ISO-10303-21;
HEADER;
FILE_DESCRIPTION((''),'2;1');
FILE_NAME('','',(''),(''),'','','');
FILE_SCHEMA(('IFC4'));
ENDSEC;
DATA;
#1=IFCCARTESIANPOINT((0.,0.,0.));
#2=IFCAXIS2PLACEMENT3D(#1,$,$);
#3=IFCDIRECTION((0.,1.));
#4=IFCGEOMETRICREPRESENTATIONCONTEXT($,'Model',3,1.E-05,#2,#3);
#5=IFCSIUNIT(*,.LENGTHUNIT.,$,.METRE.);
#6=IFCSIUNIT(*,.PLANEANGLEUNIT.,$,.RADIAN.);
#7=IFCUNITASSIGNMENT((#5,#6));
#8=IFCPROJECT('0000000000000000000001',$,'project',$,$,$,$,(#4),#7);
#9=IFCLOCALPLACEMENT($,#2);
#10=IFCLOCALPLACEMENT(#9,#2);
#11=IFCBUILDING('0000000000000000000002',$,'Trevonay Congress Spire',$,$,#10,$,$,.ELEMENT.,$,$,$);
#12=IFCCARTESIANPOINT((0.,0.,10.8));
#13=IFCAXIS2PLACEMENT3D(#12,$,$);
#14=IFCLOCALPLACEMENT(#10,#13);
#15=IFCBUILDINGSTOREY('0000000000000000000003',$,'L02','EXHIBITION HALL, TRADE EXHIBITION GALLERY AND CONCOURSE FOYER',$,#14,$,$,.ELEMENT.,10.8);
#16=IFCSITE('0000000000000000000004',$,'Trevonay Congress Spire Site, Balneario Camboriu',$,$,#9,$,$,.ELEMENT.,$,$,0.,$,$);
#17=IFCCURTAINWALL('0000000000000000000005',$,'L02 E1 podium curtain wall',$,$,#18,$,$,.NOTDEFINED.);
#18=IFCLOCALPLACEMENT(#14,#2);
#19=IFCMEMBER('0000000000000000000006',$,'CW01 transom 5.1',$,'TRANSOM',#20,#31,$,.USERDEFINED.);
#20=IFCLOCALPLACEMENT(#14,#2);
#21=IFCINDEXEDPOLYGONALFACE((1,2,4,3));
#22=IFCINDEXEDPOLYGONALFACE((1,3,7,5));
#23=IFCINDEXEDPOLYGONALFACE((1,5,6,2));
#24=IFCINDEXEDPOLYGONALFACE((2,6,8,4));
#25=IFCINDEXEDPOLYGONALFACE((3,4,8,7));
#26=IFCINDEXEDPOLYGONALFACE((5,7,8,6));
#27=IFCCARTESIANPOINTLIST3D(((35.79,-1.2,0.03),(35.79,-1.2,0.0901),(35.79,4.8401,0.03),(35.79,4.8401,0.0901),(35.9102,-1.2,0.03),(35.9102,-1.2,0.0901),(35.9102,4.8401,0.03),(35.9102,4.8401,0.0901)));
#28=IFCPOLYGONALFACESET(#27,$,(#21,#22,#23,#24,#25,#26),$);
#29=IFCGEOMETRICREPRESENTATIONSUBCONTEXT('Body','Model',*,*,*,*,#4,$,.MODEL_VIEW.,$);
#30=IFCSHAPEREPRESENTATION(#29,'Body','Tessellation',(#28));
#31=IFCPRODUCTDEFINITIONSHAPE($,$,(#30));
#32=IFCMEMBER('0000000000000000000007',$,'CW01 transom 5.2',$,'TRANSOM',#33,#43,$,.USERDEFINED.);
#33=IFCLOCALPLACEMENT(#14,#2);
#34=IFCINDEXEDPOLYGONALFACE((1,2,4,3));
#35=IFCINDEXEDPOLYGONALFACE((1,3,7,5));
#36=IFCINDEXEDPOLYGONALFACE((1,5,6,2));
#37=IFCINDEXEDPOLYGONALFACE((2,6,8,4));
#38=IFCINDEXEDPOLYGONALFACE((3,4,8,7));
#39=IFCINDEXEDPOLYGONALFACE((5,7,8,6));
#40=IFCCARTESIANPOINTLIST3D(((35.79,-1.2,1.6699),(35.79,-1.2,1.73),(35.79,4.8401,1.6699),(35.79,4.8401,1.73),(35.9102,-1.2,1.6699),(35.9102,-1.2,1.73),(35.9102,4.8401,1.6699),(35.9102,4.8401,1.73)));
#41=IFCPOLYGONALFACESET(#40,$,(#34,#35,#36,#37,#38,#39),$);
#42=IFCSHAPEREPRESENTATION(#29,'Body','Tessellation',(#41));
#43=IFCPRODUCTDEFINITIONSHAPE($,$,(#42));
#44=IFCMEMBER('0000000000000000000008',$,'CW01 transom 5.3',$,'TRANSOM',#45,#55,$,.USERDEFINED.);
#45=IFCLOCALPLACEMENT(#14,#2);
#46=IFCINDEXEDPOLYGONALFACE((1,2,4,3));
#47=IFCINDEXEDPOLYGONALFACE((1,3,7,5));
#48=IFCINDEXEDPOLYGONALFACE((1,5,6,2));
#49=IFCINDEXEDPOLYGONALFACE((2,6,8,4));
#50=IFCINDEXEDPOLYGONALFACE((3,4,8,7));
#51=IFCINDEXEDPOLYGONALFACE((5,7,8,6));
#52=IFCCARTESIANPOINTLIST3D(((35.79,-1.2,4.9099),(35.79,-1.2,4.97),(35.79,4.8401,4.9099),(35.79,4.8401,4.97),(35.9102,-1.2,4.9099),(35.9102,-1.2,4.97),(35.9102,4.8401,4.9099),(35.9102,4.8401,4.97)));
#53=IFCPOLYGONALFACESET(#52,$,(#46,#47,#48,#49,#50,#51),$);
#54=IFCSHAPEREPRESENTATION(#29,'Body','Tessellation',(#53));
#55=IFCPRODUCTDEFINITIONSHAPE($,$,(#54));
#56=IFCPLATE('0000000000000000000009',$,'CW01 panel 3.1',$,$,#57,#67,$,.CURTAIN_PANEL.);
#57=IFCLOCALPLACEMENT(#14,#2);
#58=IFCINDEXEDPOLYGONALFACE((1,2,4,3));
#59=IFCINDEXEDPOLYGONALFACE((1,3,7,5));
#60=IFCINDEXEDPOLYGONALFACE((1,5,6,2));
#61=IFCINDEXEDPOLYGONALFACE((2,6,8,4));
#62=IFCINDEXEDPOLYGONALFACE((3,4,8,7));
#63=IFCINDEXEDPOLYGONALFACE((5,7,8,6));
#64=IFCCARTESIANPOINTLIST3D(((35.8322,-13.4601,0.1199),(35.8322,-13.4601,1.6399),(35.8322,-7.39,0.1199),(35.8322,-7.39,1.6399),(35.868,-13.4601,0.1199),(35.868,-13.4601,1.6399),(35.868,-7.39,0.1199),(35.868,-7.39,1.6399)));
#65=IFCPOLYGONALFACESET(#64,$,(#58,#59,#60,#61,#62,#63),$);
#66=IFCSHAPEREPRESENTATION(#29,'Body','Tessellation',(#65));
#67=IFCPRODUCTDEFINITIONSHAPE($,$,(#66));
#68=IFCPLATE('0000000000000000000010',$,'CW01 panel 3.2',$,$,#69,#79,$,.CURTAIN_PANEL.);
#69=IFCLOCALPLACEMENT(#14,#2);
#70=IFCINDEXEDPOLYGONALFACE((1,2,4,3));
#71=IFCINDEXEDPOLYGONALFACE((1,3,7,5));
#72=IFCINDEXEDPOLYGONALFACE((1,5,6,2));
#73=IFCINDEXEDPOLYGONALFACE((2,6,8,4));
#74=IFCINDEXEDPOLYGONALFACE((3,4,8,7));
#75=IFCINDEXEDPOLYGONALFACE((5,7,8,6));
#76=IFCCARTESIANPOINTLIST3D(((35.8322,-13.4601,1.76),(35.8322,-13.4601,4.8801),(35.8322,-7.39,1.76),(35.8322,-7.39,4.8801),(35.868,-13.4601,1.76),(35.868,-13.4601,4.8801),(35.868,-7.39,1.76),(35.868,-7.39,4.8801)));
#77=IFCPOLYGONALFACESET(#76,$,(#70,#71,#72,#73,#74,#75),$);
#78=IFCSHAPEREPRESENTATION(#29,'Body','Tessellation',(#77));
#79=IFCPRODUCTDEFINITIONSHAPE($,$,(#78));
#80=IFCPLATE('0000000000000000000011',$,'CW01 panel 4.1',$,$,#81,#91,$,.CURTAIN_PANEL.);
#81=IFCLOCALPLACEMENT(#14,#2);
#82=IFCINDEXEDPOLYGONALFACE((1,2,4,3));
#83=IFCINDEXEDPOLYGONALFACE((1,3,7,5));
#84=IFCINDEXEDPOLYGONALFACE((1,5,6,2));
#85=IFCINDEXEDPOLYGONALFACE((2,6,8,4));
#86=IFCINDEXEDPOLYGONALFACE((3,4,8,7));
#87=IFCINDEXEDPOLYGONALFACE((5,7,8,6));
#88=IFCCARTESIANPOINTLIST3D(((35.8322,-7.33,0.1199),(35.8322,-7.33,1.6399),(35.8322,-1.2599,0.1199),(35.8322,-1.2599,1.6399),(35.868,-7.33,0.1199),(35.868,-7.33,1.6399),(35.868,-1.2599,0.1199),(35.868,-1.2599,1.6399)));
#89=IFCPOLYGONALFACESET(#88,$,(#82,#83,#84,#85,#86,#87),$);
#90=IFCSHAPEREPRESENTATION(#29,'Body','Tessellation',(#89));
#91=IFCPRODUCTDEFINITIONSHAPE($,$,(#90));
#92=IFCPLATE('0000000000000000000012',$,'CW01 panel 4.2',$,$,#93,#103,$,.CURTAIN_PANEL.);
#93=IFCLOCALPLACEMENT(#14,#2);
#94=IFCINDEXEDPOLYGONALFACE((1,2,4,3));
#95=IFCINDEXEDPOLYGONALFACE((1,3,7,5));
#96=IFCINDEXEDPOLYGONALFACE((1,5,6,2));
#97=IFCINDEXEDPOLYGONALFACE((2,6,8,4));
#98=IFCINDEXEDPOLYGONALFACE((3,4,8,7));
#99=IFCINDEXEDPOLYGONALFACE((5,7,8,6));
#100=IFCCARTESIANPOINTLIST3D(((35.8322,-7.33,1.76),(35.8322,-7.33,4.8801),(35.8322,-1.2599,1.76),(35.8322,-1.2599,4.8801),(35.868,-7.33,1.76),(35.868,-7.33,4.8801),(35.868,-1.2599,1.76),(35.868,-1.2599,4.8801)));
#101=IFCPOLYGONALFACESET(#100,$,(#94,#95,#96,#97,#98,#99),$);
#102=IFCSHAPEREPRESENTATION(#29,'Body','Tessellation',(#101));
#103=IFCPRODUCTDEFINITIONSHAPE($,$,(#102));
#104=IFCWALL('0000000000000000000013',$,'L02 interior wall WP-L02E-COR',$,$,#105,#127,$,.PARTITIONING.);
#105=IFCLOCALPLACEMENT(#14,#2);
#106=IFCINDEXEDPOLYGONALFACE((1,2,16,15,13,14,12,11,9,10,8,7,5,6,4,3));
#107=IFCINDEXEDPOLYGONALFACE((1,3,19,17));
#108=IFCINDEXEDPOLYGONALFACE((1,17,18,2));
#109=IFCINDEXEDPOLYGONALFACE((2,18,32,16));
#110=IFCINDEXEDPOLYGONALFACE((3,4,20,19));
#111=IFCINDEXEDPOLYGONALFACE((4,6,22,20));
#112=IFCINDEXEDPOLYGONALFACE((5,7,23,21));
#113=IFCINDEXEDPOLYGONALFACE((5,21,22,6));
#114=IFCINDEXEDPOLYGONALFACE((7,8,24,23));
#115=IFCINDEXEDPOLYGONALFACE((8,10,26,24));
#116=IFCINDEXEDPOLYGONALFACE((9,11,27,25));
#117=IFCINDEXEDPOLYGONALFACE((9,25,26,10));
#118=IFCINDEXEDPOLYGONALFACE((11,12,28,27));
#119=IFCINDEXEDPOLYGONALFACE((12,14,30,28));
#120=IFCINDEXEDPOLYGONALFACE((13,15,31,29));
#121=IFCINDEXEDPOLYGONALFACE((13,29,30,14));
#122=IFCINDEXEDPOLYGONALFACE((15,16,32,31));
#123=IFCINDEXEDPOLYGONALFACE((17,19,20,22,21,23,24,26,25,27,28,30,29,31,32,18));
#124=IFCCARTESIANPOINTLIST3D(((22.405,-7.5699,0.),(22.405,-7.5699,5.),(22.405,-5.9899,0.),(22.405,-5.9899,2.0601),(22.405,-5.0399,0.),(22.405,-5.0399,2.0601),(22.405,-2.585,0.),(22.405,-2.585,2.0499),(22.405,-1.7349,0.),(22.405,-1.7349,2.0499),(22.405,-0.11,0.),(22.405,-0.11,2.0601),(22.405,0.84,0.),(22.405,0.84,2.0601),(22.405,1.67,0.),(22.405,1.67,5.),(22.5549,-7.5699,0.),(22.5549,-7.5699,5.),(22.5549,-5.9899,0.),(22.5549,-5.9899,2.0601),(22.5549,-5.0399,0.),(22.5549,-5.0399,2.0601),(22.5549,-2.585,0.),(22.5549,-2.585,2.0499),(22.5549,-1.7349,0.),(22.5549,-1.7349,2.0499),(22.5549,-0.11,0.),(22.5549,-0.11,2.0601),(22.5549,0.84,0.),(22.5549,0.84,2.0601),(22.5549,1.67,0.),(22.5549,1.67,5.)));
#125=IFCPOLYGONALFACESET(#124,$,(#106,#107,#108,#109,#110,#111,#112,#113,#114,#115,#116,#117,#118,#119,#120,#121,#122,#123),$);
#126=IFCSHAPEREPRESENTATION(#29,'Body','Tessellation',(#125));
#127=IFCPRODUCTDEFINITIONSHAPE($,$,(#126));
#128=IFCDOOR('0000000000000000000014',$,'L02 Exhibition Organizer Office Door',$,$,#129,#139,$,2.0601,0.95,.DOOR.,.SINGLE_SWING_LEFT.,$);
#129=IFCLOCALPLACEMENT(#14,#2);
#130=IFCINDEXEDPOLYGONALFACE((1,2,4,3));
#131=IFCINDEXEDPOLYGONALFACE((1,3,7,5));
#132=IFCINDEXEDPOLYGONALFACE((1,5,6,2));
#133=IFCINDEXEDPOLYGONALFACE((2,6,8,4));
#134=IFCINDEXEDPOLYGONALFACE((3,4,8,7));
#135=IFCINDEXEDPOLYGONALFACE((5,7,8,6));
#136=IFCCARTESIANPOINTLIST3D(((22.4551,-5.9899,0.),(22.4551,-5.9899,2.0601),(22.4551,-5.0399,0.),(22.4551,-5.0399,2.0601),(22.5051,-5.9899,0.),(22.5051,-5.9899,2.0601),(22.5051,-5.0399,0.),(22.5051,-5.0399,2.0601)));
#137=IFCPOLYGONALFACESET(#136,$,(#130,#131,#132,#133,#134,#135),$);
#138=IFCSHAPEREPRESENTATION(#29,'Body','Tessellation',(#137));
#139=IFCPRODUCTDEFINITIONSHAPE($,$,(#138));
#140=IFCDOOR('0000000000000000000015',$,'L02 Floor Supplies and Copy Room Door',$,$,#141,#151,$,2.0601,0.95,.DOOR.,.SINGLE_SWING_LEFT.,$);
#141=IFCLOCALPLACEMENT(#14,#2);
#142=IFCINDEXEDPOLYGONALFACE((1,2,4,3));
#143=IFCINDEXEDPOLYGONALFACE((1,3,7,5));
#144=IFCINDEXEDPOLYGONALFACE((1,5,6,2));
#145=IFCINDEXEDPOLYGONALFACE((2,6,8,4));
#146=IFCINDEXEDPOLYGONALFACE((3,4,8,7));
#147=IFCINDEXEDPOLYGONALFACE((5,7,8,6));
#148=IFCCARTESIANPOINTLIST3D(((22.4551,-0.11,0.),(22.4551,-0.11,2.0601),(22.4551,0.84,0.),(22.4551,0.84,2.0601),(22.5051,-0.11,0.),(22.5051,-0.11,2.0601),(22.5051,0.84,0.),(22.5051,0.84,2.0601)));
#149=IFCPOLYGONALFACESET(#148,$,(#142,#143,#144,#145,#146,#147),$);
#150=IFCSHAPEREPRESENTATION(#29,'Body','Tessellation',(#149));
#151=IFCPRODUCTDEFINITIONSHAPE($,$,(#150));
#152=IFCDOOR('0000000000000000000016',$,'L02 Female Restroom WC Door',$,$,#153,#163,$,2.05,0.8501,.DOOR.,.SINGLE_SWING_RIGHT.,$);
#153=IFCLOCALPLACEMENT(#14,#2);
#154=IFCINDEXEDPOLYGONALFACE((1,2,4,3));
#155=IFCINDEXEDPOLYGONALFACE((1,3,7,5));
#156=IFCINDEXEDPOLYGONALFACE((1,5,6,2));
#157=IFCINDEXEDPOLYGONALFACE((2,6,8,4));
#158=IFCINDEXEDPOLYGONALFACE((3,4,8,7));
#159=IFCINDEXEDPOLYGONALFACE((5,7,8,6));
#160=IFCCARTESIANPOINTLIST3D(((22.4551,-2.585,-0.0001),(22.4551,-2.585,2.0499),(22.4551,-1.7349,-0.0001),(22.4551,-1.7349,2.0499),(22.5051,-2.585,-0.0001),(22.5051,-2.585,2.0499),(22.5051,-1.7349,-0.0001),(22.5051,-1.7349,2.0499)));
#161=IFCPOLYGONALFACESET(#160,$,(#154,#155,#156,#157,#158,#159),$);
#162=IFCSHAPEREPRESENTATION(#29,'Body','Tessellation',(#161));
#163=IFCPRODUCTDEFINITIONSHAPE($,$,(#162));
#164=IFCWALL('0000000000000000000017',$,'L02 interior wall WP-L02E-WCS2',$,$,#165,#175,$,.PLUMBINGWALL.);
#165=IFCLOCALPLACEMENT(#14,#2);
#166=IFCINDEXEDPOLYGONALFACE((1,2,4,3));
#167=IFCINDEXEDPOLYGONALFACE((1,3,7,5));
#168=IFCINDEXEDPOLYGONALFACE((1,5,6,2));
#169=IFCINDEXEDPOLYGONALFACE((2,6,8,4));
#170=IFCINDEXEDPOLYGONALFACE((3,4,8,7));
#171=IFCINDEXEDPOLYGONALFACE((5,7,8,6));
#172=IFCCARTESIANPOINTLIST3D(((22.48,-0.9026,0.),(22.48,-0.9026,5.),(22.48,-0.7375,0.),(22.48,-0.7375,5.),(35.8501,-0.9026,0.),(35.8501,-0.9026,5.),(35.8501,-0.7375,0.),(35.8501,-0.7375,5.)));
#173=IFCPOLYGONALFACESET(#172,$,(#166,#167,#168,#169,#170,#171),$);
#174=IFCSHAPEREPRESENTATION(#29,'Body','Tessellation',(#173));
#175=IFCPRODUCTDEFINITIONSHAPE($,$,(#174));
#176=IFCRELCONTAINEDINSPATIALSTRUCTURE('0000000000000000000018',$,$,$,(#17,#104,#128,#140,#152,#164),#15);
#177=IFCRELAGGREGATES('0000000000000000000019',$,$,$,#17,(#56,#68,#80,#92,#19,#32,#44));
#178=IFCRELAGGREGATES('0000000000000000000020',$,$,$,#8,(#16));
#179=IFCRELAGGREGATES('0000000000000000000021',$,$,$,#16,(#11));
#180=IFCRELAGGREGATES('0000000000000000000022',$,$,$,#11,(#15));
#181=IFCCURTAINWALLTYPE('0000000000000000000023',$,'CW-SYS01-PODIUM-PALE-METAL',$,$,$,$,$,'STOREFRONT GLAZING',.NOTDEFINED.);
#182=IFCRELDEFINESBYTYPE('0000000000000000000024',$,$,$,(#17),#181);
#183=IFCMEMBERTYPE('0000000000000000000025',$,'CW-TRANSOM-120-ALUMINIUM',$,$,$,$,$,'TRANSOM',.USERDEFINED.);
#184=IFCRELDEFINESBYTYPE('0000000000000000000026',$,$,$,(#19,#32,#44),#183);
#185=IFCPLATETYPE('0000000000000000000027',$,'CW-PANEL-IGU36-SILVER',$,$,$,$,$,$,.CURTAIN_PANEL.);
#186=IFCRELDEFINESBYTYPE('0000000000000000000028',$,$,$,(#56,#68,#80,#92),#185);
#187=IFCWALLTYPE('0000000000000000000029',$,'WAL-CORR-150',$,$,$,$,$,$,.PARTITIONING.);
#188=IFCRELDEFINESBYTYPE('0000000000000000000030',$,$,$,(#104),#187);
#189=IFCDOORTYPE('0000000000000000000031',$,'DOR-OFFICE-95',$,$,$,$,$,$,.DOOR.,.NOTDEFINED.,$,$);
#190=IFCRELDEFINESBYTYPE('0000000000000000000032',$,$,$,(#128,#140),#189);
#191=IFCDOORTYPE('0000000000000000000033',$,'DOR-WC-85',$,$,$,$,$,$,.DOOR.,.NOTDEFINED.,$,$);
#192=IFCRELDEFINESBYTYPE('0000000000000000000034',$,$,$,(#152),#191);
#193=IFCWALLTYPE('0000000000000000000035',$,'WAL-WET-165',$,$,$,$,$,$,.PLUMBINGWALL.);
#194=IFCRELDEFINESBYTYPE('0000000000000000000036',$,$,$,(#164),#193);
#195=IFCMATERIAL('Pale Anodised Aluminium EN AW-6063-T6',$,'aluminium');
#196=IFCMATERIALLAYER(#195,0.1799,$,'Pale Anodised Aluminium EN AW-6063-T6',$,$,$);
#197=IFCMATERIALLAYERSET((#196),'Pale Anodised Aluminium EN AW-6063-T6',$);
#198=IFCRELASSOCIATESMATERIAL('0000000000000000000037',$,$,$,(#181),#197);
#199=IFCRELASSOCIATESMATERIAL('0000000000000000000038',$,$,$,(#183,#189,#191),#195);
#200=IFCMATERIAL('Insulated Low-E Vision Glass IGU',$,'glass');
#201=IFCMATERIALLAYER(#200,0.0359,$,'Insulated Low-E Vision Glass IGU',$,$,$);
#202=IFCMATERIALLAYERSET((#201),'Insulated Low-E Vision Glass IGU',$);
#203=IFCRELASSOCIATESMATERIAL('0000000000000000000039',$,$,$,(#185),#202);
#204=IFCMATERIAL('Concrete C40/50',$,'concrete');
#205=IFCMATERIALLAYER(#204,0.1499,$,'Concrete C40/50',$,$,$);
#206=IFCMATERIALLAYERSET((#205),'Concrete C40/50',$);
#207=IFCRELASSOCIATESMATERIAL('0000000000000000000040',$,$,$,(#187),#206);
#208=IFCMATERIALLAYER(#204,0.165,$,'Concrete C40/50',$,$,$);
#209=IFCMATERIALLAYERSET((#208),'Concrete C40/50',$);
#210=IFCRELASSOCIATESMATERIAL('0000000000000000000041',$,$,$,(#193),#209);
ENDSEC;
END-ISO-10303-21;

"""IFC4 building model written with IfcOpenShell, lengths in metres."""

from ifc_helpers import new_model, si_unit, direction, frame, frame_2d, origin, origin_2d, place, context, subcontext, project, spatial, rectangle, extrude, material, layer, layer_set, material_profile, profile_set, type_object, element, fill, aggregate, save


model = new_model("IFC4")

# Units and contexts
model_context = context("Model", 3, precision=1e-05, world=origin(), true_north=direction((0.0, 1.0)))
body_context = subcontext(model_context, "Body", "Model", "MODEL_VIEW")
ifc_project = project(units=[si_unit("LENGTHUNIT", "METRE"), si_unit("PLANEANGLEUNIT", "RADIAN")], contexts=[model_context])

# Site, building, storey
site_placement = place(None, origin())
site = spatial("IfcSite", under=ifc_project, at=site_placement, Name="Trevonay Congress Spire Site, Balneario Camboriu", CompositionType="ELEMENT", RefElevation=0.0)
building_placement = place(site_placement, origin())
building = spatial("IfcBuilding", under=site, at=building_placement, Name="Trevonay Congress Spire", CompositionType="ELEMENT")
storey_placement = place(building_placement, frame((0.0, 0.0, 10.8)))
storey = spatial("IfcBuildingStorey", under=building, at=storey_placement, Name="L02", Description="EXHIBITION HALL, TRADE EXHIBITION GALLERY AND CONCOURSE FOYER", CompositionType="ELEMENT", Elevation=10.8)

# Curtain wall, members, plates
ifc_material_1 = material(Name="Pale Anodised Aluminium EN AW-6063-T6", Category="aluminium")
ifc_layer_1 = layer(ifc_material_1, 0.1799, Name="Pale Anodised Aluminium EN AW-6063-T6")
ifc_layer_set_1 = layer_set([ifc_layer_1], Name="Pale Anodised Aluminium EN AW-6063-T6")
curtain_wall_type = type_object("IfcCurtainWallType", Name="CW-SYS01-PODIUM-PALE-METAL", ElementType="STOREFRONT GLAZING", PredefinedType="NOTDEFINED", material=ifc_layer_set_1)
curtain_wall_placement = place(storey_placement, origin())
curtain_wall = element("IfcCurtainWall", 1, at=curtain_wall_placement, inside=storey, type_object=curtain_wall_type, Name="L02 E1 podium curtain wall", PredefinedType="NOTDEFINED")
ifc_material_profile_1 = material_profile(ifc_material_1, rectangle(XDim=0.1201, YDim=0.0601, at=origin_2d()), Name="CW-TRANSOM-120-ALUMINIUM")
ifc_profile_set_1 = profile_set([ifc_material_profile_1], Name="Pale Anodised Aluminium EN AW-6063-T6")
member_type_1 = type_object("IfcMemberType", Name="CW-TRANSOM-120-ALUMINIUM", ElementType="TRANSOM", PredefinedType="USERDEFINED", material=ifc_profile_set_1)
member_1_placement = place(storey_placement, frame((35.8501, -1.2, 0.0601), z_axis=(0.0, 1.0, 0.0), x_axis=(-1.0, 0.0, 0.0)))
member_1 = element("IfcMember", 2, at=member_1_placement, type_object=member_type_1, Name="CW01 transom 5.1", ObjectType="TRANSOM", PredefinedType="USERDEFINED", context=body_context, shape_type="SweptSolid", body=[
    extrude(rectangle(XDim=0.1201, YDim=0.0601, at=origin_2d()), origin(), (0.0, 0.0, 1.0), 6.04),
])
member_2_placement = place(storey_placement, frame((35.8501, -1.2, 1.7), z_axis=(0.0, 1.0, 0.0), x_axis=(-1.0, 0.0, 0.0)))
member_2 = element("IfcMember", 3, at=member_2_placement, type_object=member_type_1, Name="CW01 transom 5.2", ObjectType="TRANSOM", PredefinedType="USERDEFINED", context=body_context, shape_type="SweptSolid", body=[
    extrude(rectangle(XDim=0.1201, YDim=0.0601, at=origin_2d()), origin(), (0.0, 0.0, 1.0), 6.04),
])
member_3_placement = place(storey_placement, frame((35.8501, -1.2, 4.9399), z_axis=(0.0, 1.0, 0.0), x_axis=(-1.0, 0.0, 0.0)))
member_3 = element("IfcMember", 4, at=member_3_placement, type_object=member_type_1, Name="CW01 transom 5.3", ObjectType="TRANSOM", PredefinedType="USERDEFINED", context=body_context, shape_type="SweptSolid", body=[
    extrude(rectangle(XDim=0.1201, YDim=0.0601, at=origin_2d()), origin(), (0.0, 0.0, 1.0), 6.04),
])
ifc_material_2 = material(Name="Insulated Low-E Vision Glass IGU", Category="glass")
ifc_layer_2 = layer(ifc_material_2, 0.0359, Name="Insulated Low-E Vision Glass IGU")
ifc_layer_set_2 = layer_set([ifc_layer_2], Name="Insulated Low-E Vision Glass IGU")
plate_type = type_object("IfcPlateType", Name="CW-PANEL-IGU36-SILVER", PredefinedType="CURTAIN_PANEL", material=ifc_layer_set_2)
plate_1_placement = place(storey_placement, frame((35.8501, -10.425, 0.1199), z_axis=(0.0, 0.0, 1.0), x_axis=(0.0, 1.0, 0.0)))
plate_1 = element("IfcPlate", 5, at=plate_1_placement, type_object=plate_type, Name="CW01 panel 3.1", PredefinedType="CURTAIN_PANEL", context=body_context, shape_type="SweptSolid", body=[
    extrude(rectangle(XDim=6.0701, YDim=0.0359, at=origin_2d()), origin(), (0.0, 0.0, 1.0), 1.52),
])
plate_2_placement = place(storey_placement, frame((35.8501, -10.425, 1.76), z_axis=(0.0, 0.0, 1.0), x_axis=(0.0, 1.0, 0.0)))
plate_2 = element("IfcPlate", 6, at=plate_2_placement, type_object=plate_type, Name="CW01 panel 3.2", PredefinedType="CURTAIN_PANEL", context=body_context, shape_type="SweptSolid", body=[
    extrude(rectangle(XDim=6.0701, YDim=0.0359, at=origin_2d()), origin(), (0.0, 0.0, 1.0), 3.1201),
])
plate_3_placement = place(storey_placement, frame((35.8501, -4.2949, 0.1199), z_axis=(0.0, 0.0, 1.0), x_axis=(0.0, 1.0, 0.0)))
plate_3 = element("IfcPlate", 7, at=plate_3_placement, type_object=plate_type, Name="CW01 panel 4.1", PredefinedType="CURTAIN_PANEL", context=body_context, shape_type="SweptSolid", body=[
    extrude(rectangle(XDim=6.0701, YDim=0.0359, at=origin_2d()), origin(), (0.0, 0.0, 1.0), 1.52),
])
plate_4_placement = place(storey_placement, frame((35.8501, -4.2949, 1.76), z_axis=(0.0, 0.0, 1.0), x_axis=(0.0, 1.0, 0.0)))
plate_4 = element("IfcPlate", 8, at=plate_4_placement, type_object=plate_type, Name="CW01 panel 4.2", PredefinedType="CURTAIN_PANEL", context=body_context, shape_type="SweptSolid", body=[
    extrude(rectangle(XDim=6.0701, YDim=0.0359, at=origin_2d()), origin(), (0.0, 0.0, 1.0), 3.1201),
])
aggregate(curtain_wall, [plate_1, plate_2, plate_3, plate_4, member_1, member_2, member_3])

# Wall, openings, doors
ifc_material_3 = material(Name="Concrete C40/50", Category="concrete")
ifc_layer_3 = layer(ifc_material_3, 0.1499, Name="Concrete C40/50")
ifc_layer_set_3 = layer_set([ifc_layer_3], Name="Concrete C40/50")
wall_type_1 = type_object("IfcWallType", Name="WAL-CORR-150", PredefinedType="PARTITIONING", material=ifc_layer_set_3)
wall_placement = place(storey_placement, frame((22.48, -7.5701, 0.0), z_axis=(0.0, 0.0, 1.0), x_axis=(0.0, 1.0, 0.0)))
wall = element("IfcWall", 9, at=wall_placement, inside=storey, type_object=wall_type_1, Name="L02 interior wall WP-L02E-COR", PredefinedType="PARTITIONING", context=body_context, shape_type="SweptSolid", body=[
    extrude(rectangle(XDim=9.24, YDim=0.1499, at=frame_2d((4.6201, 0.0))), origin(), (0.0, 0.0, 1.0), 5.0),
])
opening_1_placement = place(wall_placement, frame((1.5801, 0.0, 0.0)))
opening_1 = element("IfcOpeningElement", 10, at=opening_1_placement, cuts=wall, PredefinedType="OPENING", context=body_context, shape_type="SweptSolid", body=[
    extrude(rectangle(XDim=0.95, YDim=2.0601, at=frame_2d((0.4751, 1.03))), frame((0.0, 0.085, 0.0), z_axis=(0.0, -1.0, 0.0), x_axis=(1.0, 0.0, 0.0)), (0.0, 0.0, 1.0), 0.1699),
])
opening_2_placement = place(wall_placement, frame((4.9851, 0.0, 0.0)))
opening_2 = element("IfcOpeningElement", 11, at=opening_2_placement, cuts=wall, PredefinedType="OPENING", context=body_context, shape_type="SweptSolid", body=[
    extrude(rectangle(XDim=0.8501, YDim=2.05, at=frame_2d((0.425, 1.0249))), frame((0.0, 0.085, 0.0), z_axis=(0.0, -1.0, 0.0), x_axis=(1.0, 0.0, 0.0)), (0.0, 0.0, 1.0), 0.1699),
])
opening_3_placement = place(wall_placement, frame((7.46, 0.0, 0.0)))
opening_3 = element("IfcOpeningElement", 12, at=opening_3_placement, cuts=wall, PredefinedType="OPENING", context=body_context, shape_type="SweptSolid", body=[
    extrude(rectangle(XDim=0.95, YDim=2.0601, at=frame_2d((0.4751, 1.03))), frame((0.0, 0.085, 0.0), z_axis=(0.0, -1.0, 0.0), x_axis=(1.0, 0.0, 0.0)), (0.0, 0.0, 1.0), 0.1699),
])
door_type_1 = type_object("IfcDoorType", Name="DOR-OFFICE-95", OperationType="NOTDEFINED", PredefinedType="DOOR", material=ifc_material_1)
door_1_placement = place(opening_1_placement, origin())
door_1 = element("IfcDoor", 13, at=door_1_placement, inside=storey, type_object=door_type_1, Name="L02 Exhibition Organizer Office Door", OperationType="SINGLE_SWING_LEFT", OverallHeight=2.0601, OverallWidth=0.95, PredefinedType="DOOR", context=body_context, shape_type="SweptSolid", body=[
    extrude(rectangle(XDim=0.95, YDim=2.0601, at=frame_2d((0.4751, 1.03))), frame((0.0, 0.0249, 0.0), z_axis=(0.0, -1.0, 0.0), x_axis=(1.0, 0.0, 0.0)), (0.0, 0.0, 1.0), 0.05),
])
fill(opening_1, door_1)
door_2_placement = place(opening_3_placement, origin())
door_2 = element("IfcDoor", 14, at=door_2_placement, inside=storey, type_object=door_type_1, Name="L02 Floor Supplies and Copy Room Door", OperationType="SINGLE_SWING_LEFT", OverallHeight=2.0601, OverallWidth=0.95, PredefinedType="DOOR", context=body_context, shape_type="SweptSolid", body=[
    extrude(rectangle(XDim=0.95, YDim=2.0601, at=frame_2d((0.4751, 1.03))), frame((0.0, 0.0249, 0.0), z_axis=(0.0, -1.0, 0.0), x_axis=(1.0, 0.0, 0.0)), (0.0, 0.0, 1.0), 0.05),
])
fill(opening_3, door_2)
door_type_2 = type_object("IfcDoorType", Name="DOR-WC-85", OperationType="NOTDEFINED", PredefinedType="DOOR", material=ifc_material_1)
door_3_placement = place(opening_2_placement, origin())
door_3 = element("IfcDoor", 15, at=door_3_placement, inside=storey, type_object=door_type_2, Name="L02 Female Restroom WC Door", OperationType="SINGLE_SWING_RIGHT", OverallHeight=2.05, OverallWidth=0.8501, PredefinedType="DOOR", context=body_context, shape_type="SweptSolid", body=[
    extrude(rectangle(XDim=0.8501, YDim=2.05, at=frame_2d((0.425, 1.0249))), frame((0.0, 0.0249, 0.0), z_axis=(0.0, -1.0, 0.0), x_axis=(1.0, 0.0, 0.0)), (0.0, 0.0, 1.0), 0.05),
])
fill(opening_2, door_3)

# Wall
ifc_layer_4 = layer(ifc_material_3, 0.165, Name="Concrete C40/50")
ifc_layer_set_4 = layer_set([ifc_layer_4], Name="Concrete C40/50")
wall_type_2 = type_object("IfcWallType", Name="WAL-WET-165", PredefinedType="PLUMBINGWALL", material=ifc_layer_set_4)
for number, where, z_axis, x_axis, name in (
    (16, (22.48, -0.8201, 0.0), (0.0, 0.0, 1.0), (1.0, 0.0, 0.0), "L02 interior wall WP-L02E-WCS2"),
):
    element("IfcWall", number, at=place(storey_placement, frame(where, z_axis=z_axis, x_axis=x_axis)), inside=storey, type_object=wall_type_2, Name=name, PredefinedType="PLUMBINGWALL", context=body_context, shape_type="SweptSolid", body=[
        extrude(rectangle(XDim=13.3701, YDim=0.165, at=frame_2d((6.6851, 0.0))), origin(), (0.0, 0.0, 1.0), 5.0),
    ])

save(model, "model.ifc")
